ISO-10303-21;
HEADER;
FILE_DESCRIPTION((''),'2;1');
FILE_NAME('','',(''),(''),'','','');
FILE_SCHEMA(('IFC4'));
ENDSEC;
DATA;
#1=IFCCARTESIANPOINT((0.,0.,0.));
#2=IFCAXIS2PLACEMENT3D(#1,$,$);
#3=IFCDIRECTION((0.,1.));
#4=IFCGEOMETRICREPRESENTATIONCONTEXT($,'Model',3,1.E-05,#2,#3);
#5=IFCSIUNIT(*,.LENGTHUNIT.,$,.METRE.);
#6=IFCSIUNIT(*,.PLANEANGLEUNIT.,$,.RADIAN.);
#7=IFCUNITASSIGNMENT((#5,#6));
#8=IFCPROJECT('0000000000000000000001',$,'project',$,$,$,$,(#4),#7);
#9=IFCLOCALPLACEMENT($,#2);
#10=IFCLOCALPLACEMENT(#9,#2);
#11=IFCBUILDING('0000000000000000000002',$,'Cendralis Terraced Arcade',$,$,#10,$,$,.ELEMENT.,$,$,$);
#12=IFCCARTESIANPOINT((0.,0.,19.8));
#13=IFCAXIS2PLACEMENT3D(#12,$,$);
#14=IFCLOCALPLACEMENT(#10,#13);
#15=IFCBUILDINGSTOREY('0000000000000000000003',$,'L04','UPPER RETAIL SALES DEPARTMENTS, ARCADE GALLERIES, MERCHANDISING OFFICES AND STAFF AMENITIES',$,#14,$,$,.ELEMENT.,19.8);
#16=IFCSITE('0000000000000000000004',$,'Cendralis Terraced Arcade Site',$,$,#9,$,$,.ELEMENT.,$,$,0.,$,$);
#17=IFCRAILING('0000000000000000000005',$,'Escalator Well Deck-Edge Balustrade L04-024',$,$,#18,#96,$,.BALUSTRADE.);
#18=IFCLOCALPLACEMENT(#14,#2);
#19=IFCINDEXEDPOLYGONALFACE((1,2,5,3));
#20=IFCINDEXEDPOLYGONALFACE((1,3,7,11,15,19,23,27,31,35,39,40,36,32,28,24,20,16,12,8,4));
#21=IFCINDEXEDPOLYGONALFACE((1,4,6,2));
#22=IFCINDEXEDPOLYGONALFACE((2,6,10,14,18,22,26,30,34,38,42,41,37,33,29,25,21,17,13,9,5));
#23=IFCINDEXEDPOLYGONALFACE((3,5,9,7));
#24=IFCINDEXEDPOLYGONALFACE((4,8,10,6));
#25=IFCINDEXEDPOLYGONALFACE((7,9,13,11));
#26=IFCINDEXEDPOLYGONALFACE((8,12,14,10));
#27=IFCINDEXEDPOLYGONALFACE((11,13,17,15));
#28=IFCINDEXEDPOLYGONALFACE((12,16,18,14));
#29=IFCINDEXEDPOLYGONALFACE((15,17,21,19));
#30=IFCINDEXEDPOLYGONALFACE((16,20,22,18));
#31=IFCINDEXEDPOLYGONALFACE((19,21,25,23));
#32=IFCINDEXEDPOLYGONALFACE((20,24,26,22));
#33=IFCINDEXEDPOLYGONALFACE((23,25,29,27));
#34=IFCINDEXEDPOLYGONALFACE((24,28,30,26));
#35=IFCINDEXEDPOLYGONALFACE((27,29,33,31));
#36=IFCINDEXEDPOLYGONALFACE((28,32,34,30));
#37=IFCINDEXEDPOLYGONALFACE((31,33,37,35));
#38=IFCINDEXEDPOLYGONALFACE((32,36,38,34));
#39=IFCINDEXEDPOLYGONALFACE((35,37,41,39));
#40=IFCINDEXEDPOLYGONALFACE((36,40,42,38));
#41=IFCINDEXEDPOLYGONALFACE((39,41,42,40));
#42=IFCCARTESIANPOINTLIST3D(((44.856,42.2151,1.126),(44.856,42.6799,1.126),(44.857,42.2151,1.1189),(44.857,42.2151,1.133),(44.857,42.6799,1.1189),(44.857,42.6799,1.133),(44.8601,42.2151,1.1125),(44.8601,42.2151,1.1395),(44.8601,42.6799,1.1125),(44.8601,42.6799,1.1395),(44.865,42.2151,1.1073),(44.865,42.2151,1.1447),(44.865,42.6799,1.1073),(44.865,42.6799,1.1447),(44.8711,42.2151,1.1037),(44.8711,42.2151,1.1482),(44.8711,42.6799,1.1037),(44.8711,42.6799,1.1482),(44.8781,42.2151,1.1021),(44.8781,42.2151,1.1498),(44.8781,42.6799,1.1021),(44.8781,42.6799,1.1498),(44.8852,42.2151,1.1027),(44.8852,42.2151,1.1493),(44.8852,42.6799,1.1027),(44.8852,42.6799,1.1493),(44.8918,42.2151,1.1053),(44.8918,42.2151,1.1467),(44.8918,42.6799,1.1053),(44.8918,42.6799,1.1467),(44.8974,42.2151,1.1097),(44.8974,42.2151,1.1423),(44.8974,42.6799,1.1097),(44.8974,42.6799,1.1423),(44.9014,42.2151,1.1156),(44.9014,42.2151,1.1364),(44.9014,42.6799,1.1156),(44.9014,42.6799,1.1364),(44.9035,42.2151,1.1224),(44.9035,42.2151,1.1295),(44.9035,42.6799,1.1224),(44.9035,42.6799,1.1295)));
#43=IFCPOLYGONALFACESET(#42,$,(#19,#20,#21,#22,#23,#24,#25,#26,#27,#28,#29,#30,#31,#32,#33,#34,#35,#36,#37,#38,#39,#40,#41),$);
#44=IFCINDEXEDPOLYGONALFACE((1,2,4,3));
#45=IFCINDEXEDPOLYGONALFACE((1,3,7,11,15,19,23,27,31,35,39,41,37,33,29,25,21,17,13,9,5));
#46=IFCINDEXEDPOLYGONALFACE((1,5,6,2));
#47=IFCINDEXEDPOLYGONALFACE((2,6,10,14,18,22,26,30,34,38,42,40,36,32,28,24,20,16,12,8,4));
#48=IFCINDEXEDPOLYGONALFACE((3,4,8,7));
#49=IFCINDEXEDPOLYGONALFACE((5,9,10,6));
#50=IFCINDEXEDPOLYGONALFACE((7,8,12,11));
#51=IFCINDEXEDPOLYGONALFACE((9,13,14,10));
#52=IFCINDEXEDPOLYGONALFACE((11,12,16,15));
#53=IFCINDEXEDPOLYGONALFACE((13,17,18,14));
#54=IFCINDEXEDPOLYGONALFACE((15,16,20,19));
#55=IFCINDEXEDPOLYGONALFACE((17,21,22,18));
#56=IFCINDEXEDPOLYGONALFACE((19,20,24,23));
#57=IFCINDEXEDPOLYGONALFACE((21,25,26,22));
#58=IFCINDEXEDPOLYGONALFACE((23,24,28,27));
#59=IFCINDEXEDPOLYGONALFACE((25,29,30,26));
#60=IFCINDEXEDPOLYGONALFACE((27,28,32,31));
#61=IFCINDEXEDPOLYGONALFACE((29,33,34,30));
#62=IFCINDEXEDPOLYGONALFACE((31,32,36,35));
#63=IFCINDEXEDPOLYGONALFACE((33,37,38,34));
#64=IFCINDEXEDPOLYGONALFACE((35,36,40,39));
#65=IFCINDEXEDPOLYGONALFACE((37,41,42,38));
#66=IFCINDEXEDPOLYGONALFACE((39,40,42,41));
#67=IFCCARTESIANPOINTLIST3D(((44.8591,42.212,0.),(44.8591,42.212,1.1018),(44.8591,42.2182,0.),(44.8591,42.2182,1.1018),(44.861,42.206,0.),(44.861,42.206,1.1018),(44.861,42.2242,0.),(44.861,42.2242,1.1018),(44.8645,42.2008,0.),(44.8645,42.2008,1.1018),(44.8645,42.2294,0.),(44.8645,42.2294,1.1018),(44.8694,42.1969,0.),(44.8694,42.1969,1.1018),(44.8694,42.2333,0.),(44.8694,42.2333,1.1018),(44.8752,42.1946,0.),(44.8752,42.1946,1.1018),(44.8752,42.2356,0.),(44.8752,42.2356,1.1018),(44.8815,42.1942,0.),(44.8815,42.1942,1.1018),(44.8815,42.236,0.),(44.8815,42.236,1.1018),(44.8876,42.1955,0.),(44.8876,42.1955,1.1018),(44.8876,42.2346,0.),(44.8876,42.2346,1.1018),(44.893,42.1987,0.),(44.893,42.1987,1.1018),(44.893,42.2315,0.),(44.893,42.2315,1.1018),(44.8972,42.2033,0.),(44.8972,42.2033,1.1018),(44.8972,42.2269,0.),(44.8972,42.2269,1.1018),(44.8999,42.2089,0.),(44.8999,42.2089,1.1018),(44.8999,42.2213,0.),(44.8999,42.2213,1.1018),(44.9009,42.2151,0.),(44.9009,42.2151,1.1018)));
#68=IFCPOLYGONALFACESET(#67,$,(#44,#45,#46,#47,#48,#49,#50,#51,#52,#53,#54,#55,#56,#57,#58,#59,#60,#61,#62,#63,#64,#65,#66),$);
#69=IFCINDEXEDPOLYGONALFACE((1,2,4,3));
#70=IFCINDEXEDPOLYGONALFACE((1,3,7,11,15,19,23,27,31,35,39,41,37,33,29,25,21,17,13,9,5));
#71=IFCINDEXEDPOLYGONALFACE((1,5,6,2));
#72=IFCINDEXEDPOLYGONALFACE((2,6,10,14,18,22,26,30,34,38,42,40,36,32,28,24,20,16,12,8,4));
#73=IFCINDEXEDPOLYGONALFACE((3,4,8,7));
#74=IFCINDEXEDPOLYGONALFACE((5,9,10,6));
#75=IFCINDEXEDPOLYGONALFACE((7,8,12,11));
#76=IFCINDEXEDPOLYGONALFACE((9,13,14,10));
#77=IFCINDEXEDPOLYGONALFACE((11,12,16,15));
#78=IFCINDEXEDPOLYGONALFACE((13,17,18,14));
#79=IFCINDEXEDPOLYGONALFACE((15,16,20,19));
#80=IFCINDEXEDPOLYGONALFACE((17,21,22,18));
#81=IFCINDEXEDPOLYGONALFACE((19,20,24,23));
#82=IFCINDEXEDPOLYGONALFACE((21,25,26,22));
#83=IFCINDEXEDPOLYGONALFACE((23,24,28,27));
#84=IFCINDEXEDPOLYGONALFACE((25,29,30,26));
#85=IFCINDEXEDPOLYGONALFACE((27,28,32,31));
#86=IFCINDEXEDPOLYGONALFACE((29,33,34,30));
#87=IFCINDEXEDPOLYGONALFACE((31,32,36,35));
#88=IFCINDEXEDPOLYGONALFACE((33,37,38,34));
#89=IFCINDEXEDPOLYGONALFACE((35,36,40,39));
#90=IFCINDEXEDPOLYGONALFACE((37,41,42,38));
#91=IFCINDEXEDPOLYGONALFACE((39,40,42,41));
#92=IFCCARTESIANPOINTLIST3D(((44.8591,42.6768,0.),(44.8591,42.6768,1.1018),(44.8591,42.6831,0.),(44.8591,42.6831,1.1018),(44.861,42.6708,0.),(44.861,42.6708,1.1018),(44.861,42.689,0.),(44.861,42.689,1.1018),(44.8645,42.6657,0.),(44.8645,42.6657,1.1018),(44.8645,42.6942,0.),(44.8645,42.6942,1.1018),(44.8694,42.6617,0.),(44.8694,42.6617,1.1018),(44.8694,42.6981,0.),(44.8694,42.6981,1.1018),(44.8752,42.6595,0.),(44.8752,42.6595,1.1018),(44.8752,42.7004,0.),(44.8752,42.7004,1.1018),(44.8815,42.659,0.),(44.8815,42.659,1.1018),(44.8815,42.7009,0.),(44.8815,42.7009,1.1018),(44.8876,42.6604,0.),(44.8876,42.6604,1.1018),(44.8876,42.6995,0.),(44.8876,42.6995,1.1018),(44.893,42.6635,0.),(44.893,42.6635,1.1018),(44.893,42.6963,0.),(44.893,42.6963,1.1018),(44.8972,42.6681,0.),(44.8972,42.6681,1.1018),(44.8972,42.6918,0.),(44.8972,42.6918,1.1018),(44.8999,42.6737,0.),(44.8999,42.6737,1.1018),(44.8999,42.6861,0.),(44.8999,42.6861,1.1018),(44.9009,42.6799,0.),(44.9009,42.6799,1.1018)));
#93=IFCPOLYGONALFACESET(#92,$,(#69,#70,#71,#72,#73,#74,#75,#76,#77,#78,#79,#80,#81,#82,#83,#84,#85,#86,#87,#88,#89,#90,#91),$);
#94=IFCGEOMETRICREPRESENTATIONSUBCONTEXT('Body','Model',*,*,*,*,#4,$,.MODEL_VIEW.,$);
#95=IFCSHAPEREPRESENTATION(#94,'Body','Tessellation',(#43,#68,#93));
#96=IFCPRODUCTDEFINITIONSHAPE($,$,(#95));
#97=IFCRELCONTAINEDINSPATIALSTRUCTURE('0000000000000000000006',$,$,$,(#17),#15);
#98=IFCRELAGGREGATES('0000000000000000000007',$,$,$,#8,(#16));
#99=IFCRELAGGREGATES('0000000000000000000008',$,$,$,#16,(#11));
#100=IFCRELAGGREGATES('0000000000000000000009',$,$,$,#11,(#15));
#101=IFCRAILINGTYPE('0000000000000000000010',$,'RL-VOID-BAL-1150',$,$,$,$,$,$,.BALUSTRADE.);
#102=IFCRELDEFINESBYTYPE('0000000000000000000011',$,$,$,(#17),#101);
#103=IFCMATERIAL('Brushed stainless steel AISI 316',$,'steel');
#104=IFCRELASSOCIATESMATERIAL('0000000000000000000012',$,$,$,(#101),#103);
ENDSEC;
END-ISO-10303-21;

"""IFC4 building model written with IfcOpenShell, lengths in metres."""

from ifc_helpers import new_model, si_unit, direction, frame, origin, origin_2d, place, context, subcontext, project, spatial, circle, extrude, material, type_object, element, save


model = new_model("IFC4")

# Units and contexts
model_context = context("Model", 3, precision=1e-05, world=origin(), true_north=direction((0.0, 1.0)))
body_context = subcontext(model_context, "Body", "Model", "MODEL_VIEW")
ifc_project = project(units=[si_unit("LENGTHUNIT", "METRE"), si_unit("PLANEANGLEUNIT", "RADIAN")], contexts=[model_context])

# Site, building, storey
site_placement = place(None, origin())
site = spatial("IfcSite", under=ifc_project, at=site_placement, Name="Cendralis Terraced Arcade Site", CompositionType="ELEMENT", RefElevation=0.0)
building_placement = place(site_placement, origin())
building = spatial("IfcBuilding", under=site, at=building_placement, Name="Cendralis Terraced Arcade", CompositionType="ELEMENT")
storey_placement = place(building_placement, frame((0.0, 0.0, 19.8)))
storey = spatial("IfcBuildingStorey", under=building, at=storey_placement, Name="L04", Description="UPPER RETAIL SALES DEPARTMENTS, ARCADE GALLERIES, MERCHANDISING OFFICES AND STAFF AMENITIES", CompositionType="ELEMENT", Elevation=19.8)

# Railing
ifc_material_1 = material(Name="Brushed stainless steel AISI 316", Category="steel")
railing_type_1 = type_object("IfcRailingType", Name="RL-VOID-BAL-1150", PredefinedType="BALUSTRADE", material=ifc_material_1)
railing_1_placement = place(storey_placement, frame((44.8799, 42.2151, 0.0)))
element("IfcRailing", 1, at=railing_1_placement, inside=storey, type_object=railing_type_1, Name="Escalator Well Deck-Edge Balustrade L04-024", PredefinedType="BALUSTRADE", context=body_context, shape_type="SweptSolid", body=[
    extrude(circle(Radius=0.0239, at=origin_2d()), frame((0.0, 0.0, 1.126), z_axis=(0.0, 1.0, 0.0), x_axis=(-1.0, 0.0, 0.0)), (0.0, 0.0, 1.0), 0.4648),
    extrude(circle(Radius=0.021, at=origin_2d()), origin(), (0.0, 0.0, 1.0), 1.1018),
    extrude(circle(Radius=0.021, at=origin_2d()), frame((0.0, 0.4648, 0.0)), (0.0, 0.0, 1.0), 1.1018),
])

save(model, "model.ifc")
